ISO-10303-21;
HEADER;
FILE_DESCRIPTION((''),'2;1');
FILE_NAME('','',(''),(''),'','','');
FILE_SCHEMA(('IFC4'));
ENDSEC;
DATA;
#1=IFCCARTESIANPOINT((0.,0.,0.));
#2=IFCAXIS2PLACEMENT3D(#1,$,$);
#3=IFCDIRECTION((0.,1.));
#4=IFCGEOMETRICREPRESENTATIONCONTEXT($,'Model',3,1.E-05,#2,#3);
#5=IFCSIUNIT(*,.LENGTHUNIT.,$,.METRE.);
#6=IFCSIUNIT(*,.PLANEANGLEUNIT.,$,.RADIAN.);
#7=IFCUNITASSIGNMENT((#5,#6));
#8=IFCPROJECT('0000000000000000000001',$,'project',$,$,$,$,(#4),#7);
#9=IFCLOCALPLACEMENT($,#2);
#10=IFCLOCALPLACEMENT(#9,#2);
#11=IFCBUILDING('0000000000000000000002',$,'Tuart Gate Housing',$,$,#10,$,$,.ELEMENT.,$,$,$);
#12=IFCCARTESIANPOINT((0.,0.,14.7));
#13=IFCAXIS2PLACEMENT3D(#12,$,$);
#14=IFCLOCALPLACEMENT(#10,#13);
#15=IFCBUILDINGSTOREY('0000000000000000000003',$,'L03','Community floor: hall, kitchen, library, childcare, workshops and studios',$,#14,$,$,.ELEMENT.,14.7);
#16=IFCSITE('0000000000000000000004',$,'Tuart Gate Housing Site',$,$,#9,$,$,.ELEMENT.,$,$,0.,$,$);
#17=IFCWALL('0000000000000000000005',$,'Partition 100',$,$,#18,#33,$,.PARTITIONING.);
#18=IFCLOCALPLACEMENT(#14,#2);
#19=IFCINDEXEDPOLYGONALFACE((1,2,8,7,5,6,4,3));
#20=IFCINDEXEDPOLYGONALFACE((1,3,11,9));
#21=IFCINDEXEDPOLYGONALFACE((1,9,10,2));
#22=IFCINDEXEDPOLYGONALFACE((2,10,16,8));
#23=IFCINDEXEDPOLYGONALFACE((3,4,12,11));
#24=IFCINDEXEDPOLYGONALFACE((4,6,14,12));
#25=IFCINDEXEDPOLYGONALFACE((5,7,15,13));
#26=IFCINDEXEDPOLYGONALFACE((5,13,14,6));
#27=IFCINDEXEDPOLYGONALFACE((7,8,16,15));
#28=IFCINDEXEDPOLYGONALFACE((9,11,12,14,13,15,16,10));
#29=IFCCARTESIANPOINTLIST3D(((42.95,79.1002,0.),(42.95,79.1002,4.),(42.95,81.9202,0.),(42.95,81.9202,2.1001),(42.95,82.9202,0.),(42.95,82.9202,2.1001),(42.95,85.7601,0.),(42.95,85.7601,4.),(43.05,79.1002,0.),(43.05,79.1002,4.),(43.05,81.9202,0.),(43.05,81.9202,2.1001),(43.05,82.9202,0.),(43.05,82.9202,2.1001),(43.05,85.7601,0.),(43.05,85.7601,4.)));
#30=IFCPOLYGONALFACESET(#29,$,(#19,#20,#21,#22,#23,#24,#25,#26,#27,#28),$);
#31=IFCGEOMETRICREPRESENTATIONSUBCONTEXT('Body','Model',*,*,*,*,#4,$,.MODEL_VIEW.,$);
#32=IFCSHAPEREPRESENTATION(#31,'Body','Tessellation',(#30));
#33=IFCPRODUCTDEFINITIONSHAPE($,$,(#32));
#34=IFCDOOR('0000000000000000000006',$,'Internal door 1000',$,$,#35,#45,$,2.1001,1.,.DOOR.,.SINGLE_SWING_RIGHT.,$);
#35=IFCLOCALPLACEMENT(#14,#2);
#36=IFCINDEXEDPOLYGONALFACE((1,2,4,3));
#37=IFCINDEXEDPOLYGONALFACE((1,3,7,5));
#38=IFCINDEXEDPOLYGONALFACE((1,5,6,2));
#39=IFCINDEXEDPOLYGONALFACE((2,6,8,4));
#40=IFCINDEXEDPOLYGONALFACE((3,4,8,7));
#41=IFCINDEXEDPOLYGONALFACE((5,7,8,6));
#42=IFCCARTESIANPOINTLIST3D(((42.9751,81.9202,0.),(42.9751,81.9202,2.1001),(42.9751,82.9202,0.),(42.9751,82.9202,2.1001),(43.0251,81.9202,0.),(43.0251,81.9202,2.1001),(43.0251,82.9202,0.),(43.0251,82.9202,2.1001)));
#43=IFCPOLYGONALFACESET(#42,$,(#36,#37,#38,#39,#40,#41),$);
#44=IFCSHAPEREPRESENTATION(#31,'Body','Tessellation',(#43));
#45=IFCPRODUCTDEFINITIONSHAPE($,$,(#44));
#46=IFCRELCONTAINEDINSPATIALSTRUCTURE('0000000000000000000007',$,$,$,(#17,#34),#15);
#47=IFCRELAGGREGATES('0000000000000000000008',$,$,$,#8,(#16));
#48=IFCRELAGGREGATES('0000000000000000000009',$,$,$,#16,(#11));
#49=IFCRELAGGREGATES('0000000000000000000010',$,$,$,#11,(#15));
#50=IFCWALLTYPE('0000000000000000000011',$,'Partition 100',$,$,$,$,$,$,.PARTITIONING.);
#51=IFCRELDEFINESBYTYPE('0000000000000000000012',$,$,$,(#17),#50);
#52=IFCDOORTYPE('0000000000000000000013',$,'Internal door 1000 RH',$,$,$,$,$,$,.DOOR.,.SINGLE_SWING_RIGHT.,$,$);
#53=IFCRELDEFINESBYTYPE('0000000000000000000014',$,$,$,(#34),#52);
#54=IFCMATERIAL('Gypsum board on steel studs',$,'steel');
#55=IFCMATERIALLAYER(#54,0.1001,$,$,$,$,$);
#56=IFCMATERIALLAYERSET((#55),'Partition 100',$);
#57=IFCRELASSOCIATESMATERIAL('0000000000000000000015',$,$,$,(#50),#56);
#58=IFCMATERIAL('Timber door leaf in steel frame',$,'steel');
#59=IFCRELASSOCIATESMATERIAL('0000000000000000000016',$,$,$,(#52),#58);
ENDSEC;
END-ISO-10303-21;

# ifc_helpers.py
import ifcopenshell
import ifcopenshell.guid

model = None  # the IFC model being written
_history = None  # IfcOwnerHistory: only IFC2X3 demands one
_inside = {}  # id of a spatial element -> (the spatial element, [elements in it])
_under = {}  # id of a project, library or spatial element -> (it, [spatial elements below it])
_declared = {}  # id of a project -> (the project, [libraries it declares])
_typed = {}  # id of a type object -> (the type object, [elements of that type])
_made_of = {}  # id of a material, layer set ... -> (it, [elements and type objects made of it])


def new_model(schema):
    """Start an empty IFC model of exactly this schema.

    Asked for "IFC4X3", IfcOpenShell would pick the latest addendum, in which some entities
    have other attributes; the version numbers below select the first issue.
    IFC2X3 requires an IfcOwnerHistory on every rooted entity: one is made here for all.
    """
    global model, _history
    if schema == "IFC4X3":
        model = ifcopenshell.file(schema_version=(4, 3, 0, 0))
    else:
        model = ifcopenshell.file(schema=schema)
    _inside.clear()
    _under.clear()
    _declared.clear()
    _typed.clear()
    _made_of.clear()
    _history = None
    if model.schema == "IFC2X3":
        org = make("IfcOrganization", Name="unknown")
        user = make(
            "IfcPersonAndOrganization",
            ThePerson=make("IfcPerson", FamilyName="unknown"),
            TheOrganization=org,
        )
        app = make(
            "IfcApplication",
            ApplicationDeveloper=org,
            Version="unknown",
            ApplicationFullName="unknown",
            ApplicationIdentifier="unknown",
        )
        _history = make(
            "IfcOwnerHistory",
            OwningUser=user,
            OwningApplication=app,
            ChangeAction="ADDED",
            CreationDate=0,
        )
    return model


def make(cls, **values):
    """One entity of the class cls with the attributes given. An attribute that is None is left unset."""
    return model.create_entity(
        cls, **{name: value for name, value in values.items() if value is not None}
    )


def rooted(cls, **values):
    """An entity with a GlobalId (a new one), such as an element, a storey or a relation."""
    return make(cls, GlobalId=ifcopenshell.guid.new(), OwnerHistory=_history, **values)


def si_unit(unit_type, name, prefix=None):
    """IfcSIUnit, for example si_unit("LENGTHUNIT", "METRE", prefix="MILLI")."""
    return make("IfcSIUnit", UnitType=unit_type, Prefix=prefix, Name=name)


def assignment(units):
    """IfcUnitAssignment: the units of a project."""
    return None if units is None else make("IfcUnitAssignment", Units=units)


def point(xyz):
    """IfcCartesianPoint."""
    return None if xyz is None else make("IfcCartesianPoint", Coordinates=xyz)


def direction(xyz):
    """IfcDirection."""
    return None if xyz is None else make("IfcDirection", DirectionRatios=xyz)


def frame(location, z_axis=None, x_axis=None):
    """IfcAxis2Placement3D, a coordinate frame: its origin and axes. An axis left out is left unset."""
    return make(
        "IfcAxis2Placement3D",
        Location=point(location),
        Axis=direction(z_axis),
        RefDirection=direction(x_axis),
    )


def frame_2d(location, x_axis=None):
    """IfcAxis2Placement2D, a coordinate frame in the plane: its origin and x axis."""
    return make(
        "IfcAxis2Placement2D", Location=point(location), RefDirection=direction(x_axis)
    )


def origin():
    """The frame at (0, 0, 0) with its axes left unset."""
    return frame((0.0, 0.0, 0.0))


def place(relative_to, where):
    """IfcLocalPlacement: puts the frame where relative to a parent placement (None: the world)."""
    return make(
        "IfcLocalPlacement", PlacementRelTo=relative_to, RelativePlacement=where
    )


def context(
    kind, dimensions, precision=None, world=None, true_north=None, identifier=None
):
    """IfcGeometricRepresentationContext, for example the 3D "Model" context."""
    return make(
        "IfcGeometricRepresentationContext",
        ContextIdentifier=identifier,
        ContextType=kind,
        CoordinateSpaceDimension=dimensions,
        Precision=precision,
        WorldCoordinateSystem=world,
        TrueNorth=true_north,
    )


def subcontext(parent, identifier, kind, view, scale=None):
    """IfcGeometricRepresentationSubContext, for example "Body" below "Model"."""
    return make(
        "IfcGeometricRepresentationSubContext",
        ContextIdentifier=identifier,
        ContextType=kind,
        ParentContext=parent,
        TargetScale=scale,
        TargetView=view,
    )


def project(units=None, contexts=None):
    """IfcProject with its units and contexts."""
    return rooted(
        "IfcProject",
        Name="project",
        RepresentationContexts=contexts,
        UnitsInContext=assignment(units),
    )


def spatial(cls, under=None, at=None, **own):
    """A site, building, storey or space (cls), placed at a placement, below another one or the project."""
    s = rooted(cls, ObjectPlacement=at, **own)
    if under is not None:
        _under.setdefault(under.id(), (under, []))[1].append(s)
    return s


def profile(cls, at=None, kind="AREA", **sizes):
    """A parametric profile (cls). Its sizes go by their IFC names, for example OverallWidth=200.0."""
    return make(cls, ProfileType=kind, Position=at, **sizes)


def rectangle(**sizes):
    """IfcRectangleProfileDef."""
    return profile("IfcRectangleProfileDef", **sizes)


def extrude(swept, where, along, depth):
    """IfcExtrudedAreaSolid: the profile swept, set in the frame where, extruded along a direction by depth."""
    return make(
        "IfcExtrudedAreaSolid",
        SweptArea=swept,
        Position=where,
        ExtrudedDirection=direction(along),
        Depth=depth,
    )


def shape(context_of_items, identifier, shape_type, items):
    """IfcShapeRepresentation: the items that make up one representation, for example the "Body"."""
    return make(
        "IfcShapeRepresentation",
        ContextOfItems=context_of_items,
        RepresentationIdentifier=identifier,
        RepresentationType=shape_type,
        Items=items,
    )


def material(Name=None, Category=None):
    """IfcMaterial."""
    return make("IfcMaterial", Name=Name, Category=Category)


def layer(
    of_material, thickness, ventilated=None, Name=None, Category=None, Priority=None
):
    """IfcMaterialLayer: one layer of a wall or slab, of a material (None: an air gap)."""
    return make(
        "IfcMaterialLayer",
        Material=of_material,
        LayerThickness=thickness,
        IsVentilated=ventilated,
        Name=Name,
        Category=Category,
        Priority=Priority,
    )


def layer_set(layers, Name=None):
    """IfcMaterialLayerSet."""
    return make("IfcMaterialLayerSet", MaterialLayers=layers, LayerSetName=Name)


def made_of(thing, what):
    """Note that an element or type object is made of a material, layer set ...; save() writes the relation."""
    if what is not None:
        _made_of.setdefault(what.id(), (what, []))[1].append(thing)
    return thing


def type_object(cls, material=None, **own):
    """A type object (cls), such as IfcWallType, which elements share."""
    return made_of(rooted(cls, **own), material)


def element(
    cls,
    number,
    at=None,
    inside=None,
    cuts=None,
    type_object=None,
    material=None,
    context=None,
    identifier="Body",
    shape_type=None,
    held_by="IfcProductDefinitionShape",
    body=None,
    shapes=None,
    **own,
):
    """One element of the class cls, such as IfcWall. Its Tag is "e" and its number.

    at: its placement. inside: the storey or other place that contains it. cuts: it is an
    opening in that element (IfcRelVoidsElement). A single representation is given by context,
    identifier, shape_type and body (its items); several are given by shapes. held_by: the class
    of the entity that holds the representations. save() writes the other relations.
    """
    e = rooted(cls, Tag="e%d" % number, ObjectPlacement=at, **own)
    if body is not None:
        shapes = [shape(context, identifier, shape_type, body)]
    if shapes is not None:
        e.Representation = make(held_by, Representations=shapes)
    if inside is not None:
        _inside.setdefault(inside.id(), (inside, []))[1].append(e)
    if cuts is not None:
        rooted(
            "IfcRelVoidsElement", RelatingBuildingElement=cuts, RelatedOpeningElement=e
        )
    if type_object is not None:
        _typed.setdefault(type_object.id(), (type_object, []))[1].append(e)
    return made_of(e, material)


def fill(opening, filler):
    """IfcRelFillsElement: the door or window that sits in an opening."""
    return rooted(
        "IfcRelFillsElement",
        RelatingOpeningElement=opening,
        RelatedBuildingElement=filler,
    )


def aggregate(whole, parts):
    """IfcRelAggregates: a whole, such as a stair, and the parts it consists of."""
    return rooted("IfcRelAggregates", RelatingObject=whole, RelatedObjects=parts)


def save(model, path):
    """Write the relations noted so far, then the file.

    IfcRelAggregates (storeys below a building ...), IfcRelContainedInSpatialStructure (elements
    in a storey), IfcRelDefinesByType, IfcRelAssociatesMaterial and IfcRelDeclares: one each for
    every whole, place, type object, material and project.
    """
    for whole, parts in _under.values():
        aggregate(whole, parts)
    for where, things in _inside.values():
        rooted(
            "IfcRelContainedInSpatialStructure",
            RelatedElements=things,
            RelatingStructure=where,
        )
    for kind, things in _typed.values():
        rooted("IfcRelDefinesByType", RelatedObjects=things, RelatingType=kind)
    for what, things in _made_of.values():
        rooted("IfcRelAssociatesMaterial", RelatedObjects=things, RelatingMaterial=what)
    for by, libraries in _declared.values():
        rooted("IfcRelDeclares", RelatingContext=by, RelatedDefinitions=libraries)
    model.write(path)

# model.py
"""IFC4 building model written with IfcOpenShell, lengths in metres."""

from ifc_helpers import new_model, si_unit, direction, frame, frame_2d, origin, place, context, subcontext, project, spatial, rectangle, extrude, material, layer, layer_set, type_object, element, fill, save


model = new_model("IFC4")

# Units and contexts
model_context = context("Model", 3, precision=1e-05, world=origin(), true_north=direction((0.0, 1.0)))
body_context = subcontext(model_context, "Body", "Model", "MODEL_VIEW")
ifc_project = project(units=[si_unit("LENGTHUNIT", "METRE"), si_unit("PLANEANGLEUNIT", "RADIAN")], contexts=[model_context])

# Site, building, storey
site_placement = place(None, origin())
site = spatial("IfcSite", under=ifc_project, at=site_placement, Name="Tuart Gate Housing Site", CompositionType="ELEMENT", RefElevation=0.0)
building_placement = place(site_placement, origin())
building = spatial("IfcBuilding", under=site, at=building_placement, Name="Tuart Gate Housing", CompositionType="ELEMENT")
storey_placement = place(building_placement, frame((0.0, 0.0, 14.7)))
storey = spatial("IfcBuildingStorey", under=building, at=storey_placement, Name="L03", Description="Community floor: hall, kitchen, library, childcare, workshops and studios", CompositionType="ELEMENT", Elevation=14.7)

# Wall, opening, door
ifc_material_1 = material(Name="Gypsum board on steel studs", Category="steel")
ifc_layer_1 = layer(ifc_material_1, 0.1001)
ifc_layer_set_1 = layer_set([ifc_layer_1], Name="Partition 100")
wall_type_1 = type_object("IfcWallType", Name="Partition 100", PredefinedType="PARTITIONING", material=ifc_layer_set_1)
wall_1_placement = place(storey_placement, frame((43.0, 79.1001, 0.0), z_axis=(0.0, 0.0, 1.0), x_axis=(0.0, 1.0, 0.0)))
wall_1 = element("IfcWall", 1, at=wall_1_placement, inside=storey, type_object=wall_type_1, Name="Partition 100", PredefinedType="PARTITIONING", context=body_context, shape_type="SweptSolid", body=[
    extrude(rectangle(XDim=6.6599, YDim=0.1001, at=frame_2d((3.3301, 0.0))), origin(), (0.0, 0.0, 1.0), 4.0),
])
opening_1_placement = place(wall_1_placement, frame((2.8201, 0.0, 0.0)))
opening_1 = element("IfcOpeningElement", 2, at=opening_1_placement, cuts=wall_1, PredefinedType="OPENING", context=body_context, shape_type="SweptSolid", body=[
    extrude(rectangle(XDim=1.0, YDim=2.1001, at=frame_2d((0.5, 1.05))), frame((0.0, 0.0601, 0.0), z_axis=(0.0, -1.0, 0.0), x_axis=(1.0, 0.0, 0.0)), (0.0, 0.0, 1.0), 0.1201),
])
ifc_material_2 = material(Name="Timber door leaf in steel frame", Category="steel")
door_type_1 = type_object("IfcDoorType", Name="Internal door 1000 RH", OperationType="SINGLE_SWING_RIGHT", PredefinedType="DOOR", material=ifc_material_2)
door_1_placement = place(opening_1_placement, frame((1.0, 0.0, 0.0), z_axis=(0.0, 0.0, 1.0), x_axis=(-1.0, 0.0, 0.0)))
door_1 = element("IfcDoor", 3, at=door_1_placement, inside=storey, type_object=door_type_1, Name="Internal door 1000", OperationType="SINGLE_SWING_RIGHT", OverallHeight=2.1001, OverallWidth=1.0, PredefinedType="DOOR", context=body_context, shape_type="SweptSolid", body=[
    extrude(rectangle(XDim=1.0, YDim=2.1001, at=frame_2d((0.5, 1.05))), frame((0.0, 0.0251, 0.0), z_axis=(0.0, -1.0, 0.0), x_axis=(1.0, 0.0, 0.0)), (0.0, 0.0, 1.0), 0.05),
])
fill(opening_1, door_1)

save(model, "model.ifc")
